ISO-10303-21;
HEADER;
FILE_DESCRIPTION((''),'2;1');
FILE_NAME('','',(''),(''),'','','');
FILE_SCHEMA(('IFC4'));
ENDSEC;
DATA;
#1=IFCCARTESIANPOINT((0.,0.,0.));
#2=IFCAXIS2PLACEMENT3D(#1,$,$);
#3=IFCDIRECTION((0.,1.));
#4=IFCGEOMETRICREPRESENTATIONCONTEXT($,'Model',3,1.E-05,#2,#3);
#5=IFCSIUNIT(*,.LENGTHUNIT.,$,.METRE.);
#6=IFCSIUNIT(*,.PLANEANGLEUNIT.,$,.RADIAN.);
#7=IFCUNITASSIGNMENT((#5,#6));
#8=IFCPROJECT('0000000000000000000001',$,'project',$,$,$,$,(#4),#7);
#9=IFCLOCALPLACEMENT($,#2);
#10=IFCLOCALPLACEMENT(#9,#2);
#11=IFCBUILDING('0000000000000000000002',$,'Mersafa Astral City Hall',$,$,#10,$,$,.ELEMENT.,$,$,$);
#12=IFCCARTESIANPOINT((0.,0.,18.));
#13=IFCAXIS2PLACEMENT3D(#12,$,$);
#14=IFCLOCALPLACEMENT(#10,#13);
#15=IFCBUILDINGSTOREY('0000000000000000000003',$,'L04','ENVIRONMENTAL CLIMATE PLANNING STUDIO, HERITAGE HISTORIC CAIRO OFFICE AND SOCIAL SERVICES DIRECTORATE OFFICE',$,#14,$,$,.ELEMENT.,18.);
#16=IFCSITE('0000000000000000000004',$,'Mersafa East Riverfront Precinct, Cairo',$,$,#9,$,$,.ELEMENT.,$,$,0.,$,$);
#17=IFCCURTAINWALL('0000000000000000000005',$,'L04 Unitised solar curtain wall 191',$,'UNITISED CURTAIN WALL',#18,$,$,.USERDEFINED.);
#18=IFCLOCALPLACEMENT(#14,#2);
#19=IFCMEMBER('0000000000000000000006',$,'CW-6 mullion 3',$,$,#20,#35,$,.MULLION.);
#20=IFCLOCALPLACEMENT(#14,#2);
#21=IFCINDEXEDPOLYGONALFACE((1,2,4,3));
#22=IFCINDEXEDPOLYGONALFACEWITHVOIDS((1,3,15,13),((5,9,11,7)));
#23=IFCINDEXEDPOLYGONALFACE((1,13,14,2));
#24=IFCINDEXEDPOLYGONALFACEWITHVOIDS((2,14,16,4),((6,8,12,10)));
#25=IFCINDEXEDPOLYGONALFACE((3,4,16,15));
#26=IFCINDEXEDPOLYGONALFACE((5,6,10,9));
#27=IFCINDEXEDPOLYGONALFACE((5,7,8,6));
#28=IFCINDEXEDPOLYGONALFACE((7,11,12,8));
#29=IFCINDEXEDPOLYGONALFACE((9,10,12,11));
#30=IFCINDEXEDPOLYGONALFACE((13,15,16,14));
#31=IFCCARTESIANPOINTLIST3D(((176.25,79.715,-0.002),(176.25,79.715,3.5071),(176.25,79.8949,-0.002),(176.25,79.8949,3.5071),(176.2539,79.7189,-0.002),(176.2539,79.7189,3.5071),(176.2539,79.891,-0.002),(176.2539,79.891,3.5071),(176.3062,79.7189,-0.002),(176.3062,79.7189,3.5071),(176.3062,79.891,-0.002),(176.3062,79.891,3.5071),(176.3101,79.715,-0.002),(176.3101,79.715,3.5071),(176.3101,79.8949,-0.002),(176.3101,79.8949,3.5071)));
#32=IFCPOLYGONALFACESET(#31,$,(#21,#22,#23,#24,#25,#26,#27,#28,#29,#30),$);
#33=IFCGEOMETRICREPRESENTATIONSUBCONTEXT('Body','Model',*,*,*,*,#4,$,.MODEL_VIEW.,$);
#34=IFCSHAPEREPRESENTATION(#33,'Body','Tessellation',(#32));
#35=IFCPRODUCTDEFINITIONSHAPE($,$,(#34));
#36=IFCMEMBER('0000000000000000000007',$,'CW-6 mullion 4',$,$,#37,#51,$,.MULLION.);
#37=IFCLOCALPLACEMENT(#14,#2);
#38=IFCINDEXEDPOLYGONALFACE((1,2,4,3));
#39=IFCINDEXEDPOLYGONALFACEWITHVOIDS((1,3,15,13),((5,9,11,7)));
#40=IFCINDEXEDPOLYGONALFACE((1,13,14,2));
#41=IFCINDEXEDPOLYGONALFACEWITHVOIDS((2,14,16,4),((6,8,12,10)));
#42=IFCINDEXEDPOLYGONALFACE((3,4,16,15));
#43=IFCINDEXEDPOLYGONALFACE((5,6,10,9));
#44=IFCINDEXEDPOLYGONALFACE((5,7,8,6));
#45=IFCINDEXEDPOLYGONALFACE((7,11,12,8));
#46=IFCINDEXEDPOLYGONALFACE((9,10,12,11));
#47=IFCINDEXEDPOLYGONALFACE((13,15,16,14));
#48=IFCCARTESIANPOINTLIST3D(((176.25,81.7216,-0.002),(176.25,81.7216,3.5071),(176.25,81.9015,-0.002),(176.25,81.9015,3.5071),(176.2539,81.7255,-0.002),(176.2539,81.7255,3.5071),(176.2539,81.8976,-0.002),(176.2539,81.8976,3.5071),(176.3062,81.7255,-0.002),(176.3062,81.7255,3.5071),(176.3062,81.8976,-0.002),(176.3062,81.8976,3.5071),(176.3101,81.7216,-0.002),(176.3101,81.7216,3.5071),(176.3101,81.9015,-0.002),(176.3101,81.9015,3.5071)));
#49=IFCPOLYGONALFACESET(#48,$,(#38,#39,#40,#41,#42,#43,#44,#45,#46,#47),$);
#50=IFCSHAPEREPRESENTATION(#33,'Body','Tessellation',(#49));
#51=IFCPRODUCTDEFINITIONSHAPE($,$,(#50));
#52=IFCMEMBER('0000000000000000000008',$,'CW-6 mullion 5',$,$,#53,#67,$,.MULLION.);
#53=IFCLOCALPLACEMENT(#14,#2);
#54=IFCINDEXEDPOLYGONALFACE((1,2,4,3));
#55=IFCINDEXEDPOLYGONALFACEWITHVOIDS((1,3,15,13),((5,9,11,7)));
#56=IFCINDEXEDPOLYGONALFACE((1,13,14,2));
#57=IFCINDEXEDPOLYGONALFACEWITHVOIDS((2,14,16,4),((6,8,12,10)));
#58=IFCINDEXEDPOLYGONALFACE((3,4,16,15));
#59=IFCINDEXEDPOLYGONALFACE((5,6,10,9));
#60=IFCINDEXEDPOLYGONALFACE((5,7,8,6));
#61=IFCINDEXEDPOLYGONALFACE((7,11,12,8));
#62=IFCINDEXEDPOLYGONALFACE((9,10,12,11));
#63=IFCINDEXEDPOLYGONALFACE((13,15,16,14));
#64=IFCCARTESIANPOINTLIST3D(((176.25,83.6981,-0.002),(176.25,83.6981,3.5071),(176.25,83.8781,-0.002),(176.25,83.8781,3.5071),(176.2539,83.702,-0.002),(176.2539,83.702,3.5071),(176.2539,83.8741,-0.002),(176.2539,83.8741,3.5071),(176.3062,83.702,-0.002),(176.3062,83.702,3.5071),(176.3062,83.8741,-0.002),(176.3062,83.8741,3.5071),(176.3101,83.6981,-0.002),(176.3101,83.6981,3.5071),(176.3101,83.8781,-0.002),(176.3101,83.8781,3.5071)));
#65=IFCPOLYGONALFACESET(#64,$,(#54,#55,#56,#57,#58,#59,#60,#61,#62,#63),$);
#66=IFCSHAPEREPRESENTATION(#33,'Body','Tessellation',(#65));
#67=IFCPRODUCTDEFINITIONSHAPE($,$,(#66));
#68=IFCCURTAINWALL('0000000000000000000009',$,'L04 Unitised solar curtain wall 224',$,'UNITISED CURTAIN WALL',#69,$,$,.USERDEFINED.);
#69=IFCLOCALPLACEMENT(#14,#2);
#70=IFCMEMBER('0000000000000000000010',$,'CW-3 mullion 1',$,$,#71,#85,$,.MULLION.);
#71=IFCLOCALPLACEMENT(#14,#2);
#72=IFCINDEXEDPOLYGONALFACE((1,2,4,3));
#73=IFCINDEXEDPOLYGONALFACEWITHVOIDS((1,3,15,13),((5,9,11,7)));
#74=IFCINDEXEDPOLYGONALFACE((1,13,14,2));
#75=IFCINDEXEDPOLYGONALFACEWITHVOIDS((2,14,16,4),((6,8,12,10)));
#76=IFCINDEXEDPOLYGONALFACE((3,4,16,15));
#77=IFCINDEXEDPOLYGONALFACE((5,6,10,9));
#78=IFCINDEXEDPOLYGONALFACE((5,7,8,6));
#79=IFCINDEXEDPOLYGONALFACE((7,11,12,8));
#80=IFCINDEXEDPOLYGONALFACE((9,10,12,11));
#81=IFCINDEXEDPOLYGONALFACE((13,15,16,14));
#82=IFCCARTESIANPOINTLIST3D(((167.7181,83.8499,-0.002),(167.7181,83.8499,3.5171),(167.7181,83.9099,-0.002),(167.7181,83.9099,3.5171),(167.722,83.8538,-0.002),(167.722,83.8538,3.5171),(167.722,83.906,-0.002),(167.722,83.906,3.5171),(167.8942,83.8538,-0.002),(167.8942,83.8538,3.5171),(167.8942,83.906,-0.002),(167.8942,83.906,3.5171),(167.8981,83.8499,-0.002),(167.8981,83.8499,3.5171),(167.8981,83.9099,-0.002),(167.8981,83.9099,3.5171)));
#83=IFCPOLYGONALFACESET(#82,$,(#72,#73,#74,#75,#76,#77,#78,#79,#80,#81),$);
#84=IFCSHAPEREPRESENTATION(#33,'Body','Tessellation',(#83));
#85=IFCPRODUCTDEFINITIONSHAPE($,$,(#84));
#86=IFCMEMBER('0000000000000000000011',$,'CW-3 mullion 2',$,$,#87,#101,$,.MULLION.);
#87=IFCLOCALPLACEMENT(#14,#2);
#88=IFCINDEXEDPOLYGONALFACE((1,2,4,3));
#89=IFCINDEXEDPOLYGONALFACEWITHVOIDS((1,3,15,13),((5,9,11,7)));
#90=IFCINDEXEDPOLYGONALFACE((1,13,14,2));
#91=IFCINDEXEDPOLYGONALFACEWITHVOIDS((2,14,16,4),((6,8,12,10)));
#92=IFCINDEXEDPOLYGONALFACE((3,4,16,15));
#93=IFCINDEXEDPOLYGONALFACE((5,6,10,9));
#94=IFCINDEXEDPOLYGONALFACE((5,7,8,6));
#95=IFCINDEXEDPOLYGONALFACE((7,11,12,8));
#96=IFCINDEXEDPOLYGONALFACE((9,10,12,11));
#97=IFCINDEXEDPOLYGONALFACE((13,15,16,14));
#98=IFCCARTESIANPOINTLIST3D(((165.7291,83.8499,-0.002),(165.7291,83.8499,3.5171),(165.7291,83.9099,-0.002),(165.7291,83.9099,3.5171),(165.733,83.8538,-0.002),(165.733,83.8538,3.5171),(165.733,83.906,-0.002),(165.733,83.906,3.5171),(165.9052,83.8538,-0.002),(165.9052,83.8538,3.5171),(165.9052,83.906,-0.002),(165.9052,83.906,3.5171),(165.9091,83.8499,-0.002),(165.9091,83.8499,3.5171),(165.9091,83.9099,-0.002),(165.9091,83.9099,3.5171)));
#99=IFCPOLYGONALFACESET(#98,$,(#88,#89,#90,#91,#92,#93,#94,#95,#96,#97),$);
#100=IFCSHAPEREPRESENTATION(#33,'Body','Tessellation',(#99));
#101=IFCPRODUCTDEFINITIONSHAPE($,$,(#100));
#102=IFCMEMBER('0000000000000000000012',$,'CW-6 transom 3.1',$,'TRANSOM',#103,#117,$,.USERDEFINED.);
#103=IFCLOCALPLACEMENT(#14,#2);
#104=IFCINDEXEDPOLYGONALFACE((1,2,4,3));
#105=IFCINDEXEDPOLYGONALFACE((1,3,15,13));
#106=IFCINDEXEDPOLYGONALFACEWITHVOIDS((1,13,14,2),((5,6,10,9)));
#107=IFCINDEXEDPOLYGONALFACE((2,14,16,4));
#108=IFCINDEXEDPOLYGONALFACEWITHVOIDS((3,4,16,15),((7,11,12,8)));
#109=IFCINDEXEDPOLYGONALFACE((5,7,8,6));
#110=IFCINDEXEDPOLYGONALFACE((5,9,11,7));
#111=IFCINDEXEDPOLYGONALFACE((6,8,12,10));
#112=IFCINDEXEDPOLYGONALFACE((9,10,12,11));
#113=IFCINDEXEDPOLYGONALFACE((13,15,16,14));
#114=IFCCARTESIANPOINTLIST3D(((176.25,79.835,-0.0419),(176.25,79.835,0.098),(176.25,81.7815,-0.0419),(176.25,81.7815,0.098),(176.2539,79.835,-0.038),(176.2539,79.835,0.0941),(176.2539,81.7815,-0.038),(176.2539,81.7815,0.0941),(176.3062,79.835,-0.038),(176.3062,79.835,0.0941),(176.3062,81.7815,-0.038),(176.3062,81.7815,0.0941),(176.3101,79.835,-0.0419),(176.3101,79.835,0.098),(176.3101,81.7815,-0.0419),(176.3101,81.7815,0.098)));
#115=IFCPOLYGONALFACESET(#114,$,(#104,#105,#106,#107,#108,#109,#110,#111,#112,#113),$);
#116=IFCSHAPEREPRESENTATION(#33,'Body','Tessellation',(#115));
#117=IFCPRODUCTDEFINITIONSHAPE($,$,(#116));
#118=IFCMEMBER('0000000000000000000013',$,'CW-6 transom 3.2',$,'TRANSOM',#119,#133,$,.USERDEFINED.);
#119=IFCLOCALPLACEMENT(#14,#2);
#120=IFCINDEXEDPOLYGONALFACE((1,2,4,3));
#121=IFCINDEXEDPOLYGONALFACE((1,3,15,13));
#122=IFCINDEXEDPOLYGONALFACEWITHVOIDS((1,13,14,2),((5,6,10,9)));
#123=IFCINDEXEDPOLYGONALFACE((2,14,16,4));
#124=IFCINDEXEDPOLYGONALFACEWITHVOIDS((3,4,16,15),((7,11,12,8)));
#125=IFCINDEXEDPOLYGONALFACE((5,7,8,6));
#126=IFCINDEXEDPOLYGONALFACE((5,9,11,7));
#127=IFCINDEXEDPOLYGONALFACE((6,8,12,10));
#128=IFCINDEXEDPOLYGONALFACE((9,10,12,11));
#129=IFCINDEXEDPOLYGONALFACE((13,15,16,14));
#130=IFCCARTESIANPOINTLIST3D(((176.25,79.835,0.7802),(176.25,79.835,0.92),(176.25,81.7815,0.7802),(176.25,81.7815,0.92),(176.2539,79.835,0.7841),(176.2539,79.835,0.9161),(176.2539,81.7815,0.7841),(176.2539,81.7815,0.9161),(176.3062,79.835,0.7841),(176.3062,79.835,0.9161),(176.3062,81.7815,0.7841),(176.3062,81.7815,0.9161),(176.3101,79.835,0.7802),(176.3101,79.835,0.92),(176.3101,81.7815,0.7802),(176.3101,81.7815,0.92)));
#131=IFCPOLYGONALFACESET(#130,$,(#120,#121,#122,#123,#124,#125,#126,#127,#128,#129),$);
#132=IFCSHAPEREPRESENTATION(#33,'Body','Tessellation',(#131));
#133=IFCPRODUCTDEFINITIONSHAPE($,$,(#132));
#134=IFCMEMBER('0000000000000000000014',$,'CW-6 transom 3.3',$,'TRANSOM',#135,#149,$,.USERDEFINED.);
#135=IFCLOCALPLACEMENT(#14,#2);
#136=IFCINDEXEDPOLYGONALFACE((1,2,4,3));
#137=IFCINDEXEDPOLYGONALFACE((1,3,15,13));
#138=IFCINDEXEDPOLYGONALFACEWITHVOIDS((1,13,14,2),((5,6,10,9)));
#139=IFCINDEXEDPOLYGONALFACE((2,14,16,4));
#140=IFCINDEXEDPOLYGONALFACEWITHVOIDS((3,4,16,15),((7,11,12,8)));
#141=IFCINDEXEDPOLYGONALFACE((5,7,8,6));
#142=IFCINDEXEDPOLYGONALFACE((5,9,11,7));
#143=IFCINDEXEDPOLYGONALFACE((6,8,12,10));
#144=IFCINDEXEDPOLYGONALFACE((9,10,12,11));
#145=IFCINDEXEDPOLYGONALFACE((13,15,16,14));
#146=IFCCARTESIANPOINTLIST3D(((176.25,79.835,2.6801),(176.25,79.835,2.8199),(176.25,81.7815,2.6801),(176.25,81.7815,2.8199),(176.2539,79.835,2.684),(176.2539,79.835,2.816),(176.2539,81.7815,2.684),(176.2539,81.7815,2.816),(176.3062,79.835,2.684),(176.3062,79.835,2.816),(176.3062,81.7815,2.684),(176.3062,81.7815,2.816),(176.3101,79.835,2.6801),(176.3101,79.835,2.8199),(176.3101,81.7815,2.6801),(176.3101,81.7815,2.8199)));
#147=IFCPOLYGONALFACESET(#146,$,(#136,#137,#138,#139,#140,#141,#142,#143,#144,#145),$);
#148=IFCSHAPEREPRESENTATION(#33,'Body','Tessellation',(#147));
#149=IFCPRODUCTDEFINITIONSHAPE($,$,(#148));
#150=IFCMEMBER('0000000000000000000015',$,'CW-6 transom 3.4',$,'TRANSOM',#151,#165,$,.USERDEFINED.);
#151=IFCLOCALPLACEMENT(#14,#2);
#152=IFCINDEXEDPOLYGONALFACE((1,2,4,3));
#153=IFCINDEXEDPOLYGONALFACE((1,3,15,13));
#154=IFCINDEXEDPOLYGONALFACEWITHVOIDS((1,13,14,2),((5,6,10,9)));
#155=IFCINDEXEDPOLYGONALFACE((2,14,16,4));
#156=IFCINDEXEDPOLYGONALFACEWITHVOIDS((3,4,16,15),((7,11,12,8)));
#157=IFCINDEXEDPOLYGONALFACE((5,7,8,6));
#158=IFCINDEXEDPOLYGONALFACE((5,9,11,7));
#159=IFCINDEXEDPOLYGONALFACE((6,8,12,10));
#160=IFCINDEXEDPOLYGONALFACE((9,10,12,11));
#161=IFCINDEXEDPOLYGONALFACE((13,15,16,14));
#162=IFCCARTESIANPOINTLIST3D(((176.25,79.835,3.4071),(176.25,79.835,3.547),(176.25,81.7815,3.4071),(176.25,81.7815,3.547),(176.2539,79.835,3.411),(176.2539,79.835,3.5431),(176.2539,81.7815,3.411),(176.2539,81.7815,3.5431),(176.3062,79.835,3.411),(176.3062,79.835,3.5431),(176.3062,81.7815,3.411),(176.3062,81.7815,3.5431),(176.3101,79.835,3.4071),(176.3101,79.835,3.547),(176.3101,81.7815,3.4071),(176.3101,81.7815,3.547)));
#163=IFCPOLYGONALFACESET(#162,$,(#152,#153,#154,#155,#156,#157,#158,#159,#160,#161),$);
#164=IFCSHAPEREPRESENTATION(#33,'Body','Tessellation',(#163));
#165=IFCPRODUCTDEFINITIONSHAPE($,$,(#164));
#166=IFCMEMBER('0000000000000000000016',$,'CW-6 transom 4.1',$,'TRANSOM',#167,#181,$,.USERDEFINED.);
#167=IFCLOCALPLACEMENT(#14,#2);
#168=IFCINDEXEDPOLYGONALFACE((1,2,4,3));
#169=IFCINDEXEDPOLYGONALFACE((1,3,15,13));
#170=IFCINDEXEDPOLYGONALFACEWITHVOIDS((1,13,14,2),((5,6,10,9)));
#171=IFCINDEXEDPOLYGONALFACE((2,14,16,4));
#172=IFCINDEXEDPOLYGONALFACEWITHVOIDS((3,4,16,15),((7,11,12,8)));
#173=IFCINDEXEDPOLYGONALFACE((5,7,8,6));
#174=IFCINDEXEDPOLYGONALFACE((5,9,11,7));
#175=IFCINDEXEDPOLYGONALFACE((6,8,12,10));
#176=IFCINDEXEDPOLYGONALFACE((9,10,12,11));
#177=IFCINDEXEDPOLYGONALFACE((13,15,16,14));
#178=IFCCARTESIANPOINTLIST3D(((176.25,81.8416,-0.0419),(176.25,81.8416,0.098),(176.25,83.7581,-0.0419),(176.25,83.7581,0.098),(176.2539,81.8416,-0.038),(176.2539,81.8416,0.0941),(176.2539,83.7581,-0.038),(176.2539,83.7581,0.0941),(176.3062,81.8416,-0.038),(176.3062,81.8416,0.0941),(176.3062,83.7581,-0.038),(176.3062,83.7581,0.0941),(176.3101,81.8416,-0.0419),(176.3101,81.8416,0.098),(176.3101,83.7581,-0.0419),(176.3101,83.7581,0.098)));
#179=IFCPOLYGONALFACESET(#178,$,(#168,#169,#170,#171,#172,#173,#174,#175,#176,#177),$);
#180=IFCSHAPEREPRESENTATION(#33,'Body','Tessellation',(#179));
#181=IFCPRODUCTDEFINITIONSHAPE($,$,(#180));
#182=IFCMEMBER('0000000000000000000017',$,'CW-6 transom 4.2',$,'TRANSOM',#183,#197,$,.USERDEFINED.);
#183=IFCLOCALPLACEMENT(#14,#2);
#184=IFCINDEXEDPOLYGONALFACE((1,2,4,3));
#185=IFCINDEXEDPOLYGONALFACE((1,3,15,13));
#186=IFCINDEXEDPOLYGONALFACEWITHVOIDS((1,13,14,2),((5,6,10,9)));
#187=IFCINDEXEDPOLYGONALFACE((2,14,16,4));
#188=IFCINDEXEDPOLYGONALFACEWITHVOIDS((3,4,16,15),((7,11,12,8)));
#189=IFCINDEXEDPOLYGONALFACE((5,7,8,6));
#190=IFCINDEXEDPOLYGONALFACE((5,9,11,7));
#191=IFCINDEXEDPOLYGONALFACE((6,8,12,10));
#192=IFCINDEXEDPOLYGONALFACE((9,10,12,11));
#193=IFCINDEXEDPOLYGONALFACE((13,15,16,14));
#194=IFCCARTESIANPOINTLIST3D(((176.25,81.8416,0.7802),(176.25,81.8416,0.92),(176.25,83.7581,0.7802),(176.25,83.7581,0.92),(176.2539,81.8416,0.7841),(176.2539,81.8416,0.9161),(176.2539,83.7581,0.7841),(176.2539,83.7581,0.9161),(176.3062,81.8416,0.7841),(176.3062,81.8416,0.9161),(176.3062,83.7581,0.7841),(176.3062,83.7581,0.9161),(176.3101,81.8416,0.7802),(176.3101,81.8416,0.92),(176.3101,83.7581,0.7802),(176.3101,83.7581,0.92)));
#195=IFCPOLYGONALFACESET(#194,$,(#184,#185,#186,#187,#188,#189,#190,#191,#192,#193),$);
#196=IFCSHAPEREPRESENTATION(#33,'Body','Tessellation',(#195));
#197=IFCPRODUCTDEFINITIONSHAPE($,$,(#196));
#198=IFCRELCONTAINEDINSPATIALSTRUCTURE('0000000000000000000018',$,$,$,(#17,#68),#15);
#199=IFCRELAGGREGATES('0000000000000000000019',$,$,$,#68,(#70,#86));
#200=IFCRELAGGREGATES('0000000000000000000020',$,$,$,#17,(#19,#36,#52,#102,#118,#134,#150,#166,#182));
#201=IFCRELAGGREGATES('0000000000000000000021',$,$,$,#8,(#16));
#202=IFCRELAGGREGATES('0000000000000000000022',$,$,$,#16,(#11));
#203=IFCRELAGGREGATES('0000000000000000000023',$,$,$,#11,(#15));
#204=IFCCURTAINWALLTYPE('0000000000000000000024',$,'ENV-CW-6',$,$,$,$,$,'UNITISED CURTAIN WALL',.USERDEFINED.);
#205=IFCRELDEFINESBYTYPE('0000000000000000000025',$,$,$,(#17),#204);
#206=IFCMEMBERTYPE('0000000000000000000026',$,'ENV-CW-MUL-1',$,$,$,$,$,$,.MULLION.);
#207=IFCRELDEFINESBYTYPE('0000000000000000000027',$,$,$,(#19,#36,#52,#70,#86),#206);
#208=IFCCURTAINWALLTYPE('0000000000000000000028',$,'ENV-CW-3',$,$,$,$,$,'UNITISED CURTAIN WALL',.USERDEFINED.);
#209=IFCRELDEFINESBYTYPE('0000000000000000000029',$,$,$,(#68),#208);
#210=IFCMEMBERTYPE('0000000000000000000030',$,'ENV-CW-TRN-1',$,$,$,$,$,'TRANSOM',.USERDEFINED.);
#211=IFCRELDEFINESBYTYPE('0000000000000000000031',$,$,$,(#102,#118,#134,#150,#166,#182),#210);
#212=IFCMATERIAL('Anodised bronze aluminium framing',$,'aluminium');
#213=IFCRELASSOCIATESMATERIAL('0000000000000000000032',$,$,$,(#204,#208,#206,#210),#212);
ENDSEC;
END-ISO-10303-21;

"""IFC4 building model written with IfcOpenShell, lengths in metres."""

from ifc_helpers import new_model, si_unit, direction, frame, origin, origin_2d, place, context, subcontext, project, spatial, hollow_rectangle, extrude, material, material_profile, profile_set, type_object, element, aggregate, save


model = new_model("IFC4")

# Units and contexts
model_context = context("Model", 3, precision=1e-05, world=origin(), true_north=direction((0.0, 1.0)))
body_context = subcontext(model_context, "Body", "Model", "MODEL_VIEW")
ifc_project = project(units=[si_unit("LENGTHUNIT", "METRE"), si_unit("PLANEANGLEUNIT", "RADIAN")], contexts=[model_context])

# Site, building, storey
site_placement = place(None, origin())
site = spatial("IfcSite", under=ifc_project, at=site_placement, Name="Mersafa East Riverfront Precinct, Cairo", CompositionType="ELEMENT", RefElevation=0.0)
building_placement = place(site_placement, origin())
building = spatial("IfcBuilding", under=site, at=building_placement, Name="Mersafa Astral City Hall", CompositionType="ELEMENT")
storey_placement = place(building_placement, frame((0.0, 0.0, 18.0)))
storey = spatial("IfcBuildingStorey", under=building, at=storey_placement, Name="L04", Description="ENVIRONMENTAL CLIMATE PLANNING STUDIO, HERITAGE HISTORIC CAIRO OFFICE AND SOCIAL SERVICES DIRECTORATE OFFICE", CompositionType="ELEMENT", Elevation=18.0)

# Curtain walls, members
ifc_material_1 = material(Name="Anodised bronze aluminium framing", Category="aluminium")
curtain_wall_type_1 = type_object("IfcCurtainWallType", Name="ENV-CW-6", ElementType="UNITISED CURTAIN WALL", PredefinedType="USERDEFINED", material=ifc_material_1)
curtain_wall_1_placement = place(storey_placement, origin())
curtain_wall_1 = element("IfcCurtainWall", 1, at=curtain_wall_1_placement, inside=storey, type_object=curtain_wall_type_1, Name="L04 Unitised solar curtain wall 191", ObjectType="UNITISED CURTAIN WALL", PredefinedType="USERDEFINED")
ifc_material_profile_1 = material_profile(ifc_material_1, hollow_rectangle(XDim=0.0601, YDim=0.1799, WallThickness=0.0039, at=origin_2d()), Name="RHS 60x180x4")
ifc_profile_set_1 = profile_set([ifc_material_profile_1], Name="Anodised bronze aluminium framing")
member_type_1 = type_object("IfcMemberType", Name="ENV-CW-MUL-1", PredefinedType="MULLION", material=ifc_profile_set_1)
member_1_placement = place(storey_placement, frame((176.28, 79.8049, -0.002), z_axis=(0.0, 0.0, 1.0), x_axis=(-1.0, 0.0, 0.0)))
member_1 = element("IfcMember", 2, at=member_1_placement, type_object=member_type_1, Name="CW-6 mullion 3", PredefinedType="MULLION", context=body_context, shape_type="SweptSolid", body=[
    extrude(hollow_rectangle(XDim=0.0601, YDim=0.1799, WallThickness=0.0039, at=origin_2d()), origin(), (0.0, 0.0, 1.0), 3.509),
])
member_2_placement = place(storey_placement, frame((176.28, 81.8115, -0.002), z_axis=(0.0, 0.0, 1.0), x_axis=(-1.0, 0.0, 0.0)))
member_2 = element("IfcMember", 3, at=member_2_placement, type_object=member_type_1, Name="CW-6 mullion 4", PredefinedType="MULLION", context=body_context, shape_type="SweptSolid", body=[
    extrude(hollow_rectangle(XDim=0.0601, YDim=0.1799, WallThickness=0.0039, at=origin_2d()), origin(), (0.0, 0.0, 1.0), 3.509),
])
member_3_placement = place(storey_placement, frame((176.28, 83.7881, -0.002), z_axis=(0.0, 0.0, 1.0), x_axis=(-1.0, 0.0, 0.0)))
member_3 = element("IfcMember", 4, at=member_3_placement, type_object=member_type_1, Name="CW-6 mullion 5", PredefinedType="MULLION", context=body_context, shape_type="SweptSolid", body=[
    extrude(hollow_rectangle(XDim=0.0601, YDim=0.1799, WallThickness=0.0039, at=origin_2d()), origin(), (0.0, 0.0, 1.0), 3.509),
])
curtain_wall_type_2 = type_object("IfcCurtainWallType", Name="ENV-CW-3", ElementType="UNITISED CURTAIN WALL", PredefinedType="USERDEFINED", material=ifc_material_1)
curtain_wall_2_placement = place(storey_placement, origin())
curtain_wall_2 = element("IfcCurtainWall", 5, at=curtain_wall_2_placement, inside=storey, type_object=curtain_wall_type_2, Name="L04 Unitised solar curtain wall 224", ObjectType="UNITISED CURTAIN WALL", PredefinedType="USERDEFINED")
member_4_placement = place(storey_placement, frame((167.8081, 83.8799, -0.002), z_axis=(0.0, 0.0, 1.0), x_axis=(0.0, -1.0, 0.0)))
member_4 = element("IfcMember", 6, at=member_4_placement, type_object=member_type_1, Name="CW-3 mullion 1", PredefinedType="MULLION", context=body_context, shape_type="SweptSolid", body=[
    extrude(hollow_rectangle(XDim=0.0601, YDim=0.1799, WallThickness=0.0039, at=origin_2d()), origin(), (0.0, 0.0, 1.0), 3.519),
])
member_5_placement = place(storey_placement, frame((165.8191, 83.8799, -0.002), z_axis=(0.0, 0.0, 1.0), x_axis=(0.0, -1.0, 0.0)))
member_5 = element("IfcMember", 7, at=member_5_placement, type_object=member_type_1, Name="CW-3 mullion 2", PredefinedType="MULLION", context=body_context, shape_type="SweptSolid", body=[
    extrude(hollow_rectangle(XDim=0.0601, YDim=0.1799, WallThickness=0.0039, at=origin_2d()), origin(), (0.0, 0.0, 1.0), 3.519),
])

# Members
ifc_material_profile_2 = material_profile(ifc_material_1, hollow_rectangle(XDim=0.0601, YDim=0.1399, WallThickness=0.0039, at=origin_2d()), Name="RHS 60x140x4")
ifc_profile_set_2 = profile_set([ifc_material_profile_2], Name="Anodised bronze aluminium framing")
member_type_2 = type_object("IfcMemberType", Name="ENV-CW-TRN-1", ElementType="TRANSOM", PredefinedType="USERDEFINED", material=ifc_profile_set_2)
member_6_placement = place(storey_placement, frame((176.28, 79.835, 0.0281), z_axis=(0.0, 1.0, 0.0), x_axis=(-1.0, 0.0, 0.0)))
member_6 = element("IfcMember", 8, at=member_6_placement, type_object=member_type_2, Name="CW-6 transom 3.1", ObjectType="TRANSOM", PredefinedType="USERDEFINED", context=body_context, shape_type="SweptSolid", body=[
    extrude(hollow_rectangle(XDim=0.0601, YDim=0.1399, WallThickness=0.0039, at=origin_2d()), origin(), (0.0, 0.0, 1.0), 1.9465),
])
member_7_placement = place(storey_placement, frame((176.28, 79.835, 0.8501), z_axis=(0.0, 1.0, 0.0), x_axis=(-1.0, 0.0, 0.0)))
member_7 = element("IfcMember", 9, at=member_7_placement, type_object=member_type_2, Name="CW-6 transom 3.2", ObjectType="TRANSOM", PredefinedType="USERDEFINED", context=body_context, shape_type="SweptSolid", body=[
    extrude(hollow_rectangle(XDim=0.0601, YDim=0.1399, WallThickness=0.0039, at=origin_2d()), origin(), (0.0, 0.0, 1.0), 1.9465),
])
member_8_placement = place(storey_placement, frame((176.28, 79.835, 2.75), z_axis=(0.0, 1.0, 0.0), x_axis=(-1.0, 0.0, 0.0)))
member_8 = element("IfcMember", 10, at=member_8_placement, type_object=member_type_2, Name="CW-6 transom 3.3", ObjectType="TRANSOM", PredefinedType="USERDEFINED", context=body_context, shape_type="SweptSolid", body=[
    extrude(hollow_rectangle(XDim=0.0601, YDim=0.1399, WallThickness=0.0039, at=origin_2d()), origin(), (0.0, 0.0, 1.0), 1.9465),
])
member_9_placement = place(storey_placement, frame((176.28, 79.835, 3.4771), z_axis=(0.0, 1.0, 0.0), x_axis=(-1.0, 0.0, 0.0)))
member_9 = element("IfcMember", 11, at=member_9_placement, type_object=member_type_2, Name="CW-6 transom 3.4", ObjectType="TRANSOM", PredefinedType="USERDEFINED", context=body_context, shape_type="SweptSolid", body=[
    extrude(hollow_rectangle(XDim=0.0601, YDim=0.1399, WallThickness=0.0039, at=origin_2d()), origin(), (0.0, 0.0, 1.0), 1.9465),
])
member_10_placement = place(storey_placement, frame((176.28, 81.8416, 0.0281), z_axis=(0.0, 1.0, 0.0), x_axis=(-1.0, 0.0, 0.0)))
member_10 = element("IfcMember", 12, at=member_10_placement, type_object=member_type_2, Name="CW-6 transom 4.1", ObjectType="TRANSOM", PredefinedType="USERDEFINED", context=body_context, shape_type="SweptSolid", body=[
    extrude(hollow_rectangle(XDim=0.0601, YDim=0.1399, WallThickness=0.0039, at=origin_2d()), origin(), (0.0, 0.0, 1.0), 1.9165),
])
member_11_placement = place(storey_placement, frame((176.28, 81.8416, 0.8501), z_axis=(0.0, 1.0, 0.0), x_axis=(-1.0, 0.0, 0.0)))
member_11 = element("IfcMember", 13, at=member_11_placement, type_object=member_type_2, Name="CW-6 transom 4.2", ObjectType="TRANSOM", PredefinedType="USERDEFINED", context=body_context, shape_type="SweptSolid", body=[
    extrude(hollow_rectangle(XDim=0.0601, YDim=0.1399, WallThickness=0.0039, at=origin_2d()), origin(), (0.0, 0.0, 1.0), 1.9165),
])

aggregate(curtain_wall_2, [member_4, member_5])
aggregate(curtain_wall_1, [member_1, member_2, member_3, member_6, member_7, member_8, member_9, member_10, member_11])

save(model, "model.ifc")
